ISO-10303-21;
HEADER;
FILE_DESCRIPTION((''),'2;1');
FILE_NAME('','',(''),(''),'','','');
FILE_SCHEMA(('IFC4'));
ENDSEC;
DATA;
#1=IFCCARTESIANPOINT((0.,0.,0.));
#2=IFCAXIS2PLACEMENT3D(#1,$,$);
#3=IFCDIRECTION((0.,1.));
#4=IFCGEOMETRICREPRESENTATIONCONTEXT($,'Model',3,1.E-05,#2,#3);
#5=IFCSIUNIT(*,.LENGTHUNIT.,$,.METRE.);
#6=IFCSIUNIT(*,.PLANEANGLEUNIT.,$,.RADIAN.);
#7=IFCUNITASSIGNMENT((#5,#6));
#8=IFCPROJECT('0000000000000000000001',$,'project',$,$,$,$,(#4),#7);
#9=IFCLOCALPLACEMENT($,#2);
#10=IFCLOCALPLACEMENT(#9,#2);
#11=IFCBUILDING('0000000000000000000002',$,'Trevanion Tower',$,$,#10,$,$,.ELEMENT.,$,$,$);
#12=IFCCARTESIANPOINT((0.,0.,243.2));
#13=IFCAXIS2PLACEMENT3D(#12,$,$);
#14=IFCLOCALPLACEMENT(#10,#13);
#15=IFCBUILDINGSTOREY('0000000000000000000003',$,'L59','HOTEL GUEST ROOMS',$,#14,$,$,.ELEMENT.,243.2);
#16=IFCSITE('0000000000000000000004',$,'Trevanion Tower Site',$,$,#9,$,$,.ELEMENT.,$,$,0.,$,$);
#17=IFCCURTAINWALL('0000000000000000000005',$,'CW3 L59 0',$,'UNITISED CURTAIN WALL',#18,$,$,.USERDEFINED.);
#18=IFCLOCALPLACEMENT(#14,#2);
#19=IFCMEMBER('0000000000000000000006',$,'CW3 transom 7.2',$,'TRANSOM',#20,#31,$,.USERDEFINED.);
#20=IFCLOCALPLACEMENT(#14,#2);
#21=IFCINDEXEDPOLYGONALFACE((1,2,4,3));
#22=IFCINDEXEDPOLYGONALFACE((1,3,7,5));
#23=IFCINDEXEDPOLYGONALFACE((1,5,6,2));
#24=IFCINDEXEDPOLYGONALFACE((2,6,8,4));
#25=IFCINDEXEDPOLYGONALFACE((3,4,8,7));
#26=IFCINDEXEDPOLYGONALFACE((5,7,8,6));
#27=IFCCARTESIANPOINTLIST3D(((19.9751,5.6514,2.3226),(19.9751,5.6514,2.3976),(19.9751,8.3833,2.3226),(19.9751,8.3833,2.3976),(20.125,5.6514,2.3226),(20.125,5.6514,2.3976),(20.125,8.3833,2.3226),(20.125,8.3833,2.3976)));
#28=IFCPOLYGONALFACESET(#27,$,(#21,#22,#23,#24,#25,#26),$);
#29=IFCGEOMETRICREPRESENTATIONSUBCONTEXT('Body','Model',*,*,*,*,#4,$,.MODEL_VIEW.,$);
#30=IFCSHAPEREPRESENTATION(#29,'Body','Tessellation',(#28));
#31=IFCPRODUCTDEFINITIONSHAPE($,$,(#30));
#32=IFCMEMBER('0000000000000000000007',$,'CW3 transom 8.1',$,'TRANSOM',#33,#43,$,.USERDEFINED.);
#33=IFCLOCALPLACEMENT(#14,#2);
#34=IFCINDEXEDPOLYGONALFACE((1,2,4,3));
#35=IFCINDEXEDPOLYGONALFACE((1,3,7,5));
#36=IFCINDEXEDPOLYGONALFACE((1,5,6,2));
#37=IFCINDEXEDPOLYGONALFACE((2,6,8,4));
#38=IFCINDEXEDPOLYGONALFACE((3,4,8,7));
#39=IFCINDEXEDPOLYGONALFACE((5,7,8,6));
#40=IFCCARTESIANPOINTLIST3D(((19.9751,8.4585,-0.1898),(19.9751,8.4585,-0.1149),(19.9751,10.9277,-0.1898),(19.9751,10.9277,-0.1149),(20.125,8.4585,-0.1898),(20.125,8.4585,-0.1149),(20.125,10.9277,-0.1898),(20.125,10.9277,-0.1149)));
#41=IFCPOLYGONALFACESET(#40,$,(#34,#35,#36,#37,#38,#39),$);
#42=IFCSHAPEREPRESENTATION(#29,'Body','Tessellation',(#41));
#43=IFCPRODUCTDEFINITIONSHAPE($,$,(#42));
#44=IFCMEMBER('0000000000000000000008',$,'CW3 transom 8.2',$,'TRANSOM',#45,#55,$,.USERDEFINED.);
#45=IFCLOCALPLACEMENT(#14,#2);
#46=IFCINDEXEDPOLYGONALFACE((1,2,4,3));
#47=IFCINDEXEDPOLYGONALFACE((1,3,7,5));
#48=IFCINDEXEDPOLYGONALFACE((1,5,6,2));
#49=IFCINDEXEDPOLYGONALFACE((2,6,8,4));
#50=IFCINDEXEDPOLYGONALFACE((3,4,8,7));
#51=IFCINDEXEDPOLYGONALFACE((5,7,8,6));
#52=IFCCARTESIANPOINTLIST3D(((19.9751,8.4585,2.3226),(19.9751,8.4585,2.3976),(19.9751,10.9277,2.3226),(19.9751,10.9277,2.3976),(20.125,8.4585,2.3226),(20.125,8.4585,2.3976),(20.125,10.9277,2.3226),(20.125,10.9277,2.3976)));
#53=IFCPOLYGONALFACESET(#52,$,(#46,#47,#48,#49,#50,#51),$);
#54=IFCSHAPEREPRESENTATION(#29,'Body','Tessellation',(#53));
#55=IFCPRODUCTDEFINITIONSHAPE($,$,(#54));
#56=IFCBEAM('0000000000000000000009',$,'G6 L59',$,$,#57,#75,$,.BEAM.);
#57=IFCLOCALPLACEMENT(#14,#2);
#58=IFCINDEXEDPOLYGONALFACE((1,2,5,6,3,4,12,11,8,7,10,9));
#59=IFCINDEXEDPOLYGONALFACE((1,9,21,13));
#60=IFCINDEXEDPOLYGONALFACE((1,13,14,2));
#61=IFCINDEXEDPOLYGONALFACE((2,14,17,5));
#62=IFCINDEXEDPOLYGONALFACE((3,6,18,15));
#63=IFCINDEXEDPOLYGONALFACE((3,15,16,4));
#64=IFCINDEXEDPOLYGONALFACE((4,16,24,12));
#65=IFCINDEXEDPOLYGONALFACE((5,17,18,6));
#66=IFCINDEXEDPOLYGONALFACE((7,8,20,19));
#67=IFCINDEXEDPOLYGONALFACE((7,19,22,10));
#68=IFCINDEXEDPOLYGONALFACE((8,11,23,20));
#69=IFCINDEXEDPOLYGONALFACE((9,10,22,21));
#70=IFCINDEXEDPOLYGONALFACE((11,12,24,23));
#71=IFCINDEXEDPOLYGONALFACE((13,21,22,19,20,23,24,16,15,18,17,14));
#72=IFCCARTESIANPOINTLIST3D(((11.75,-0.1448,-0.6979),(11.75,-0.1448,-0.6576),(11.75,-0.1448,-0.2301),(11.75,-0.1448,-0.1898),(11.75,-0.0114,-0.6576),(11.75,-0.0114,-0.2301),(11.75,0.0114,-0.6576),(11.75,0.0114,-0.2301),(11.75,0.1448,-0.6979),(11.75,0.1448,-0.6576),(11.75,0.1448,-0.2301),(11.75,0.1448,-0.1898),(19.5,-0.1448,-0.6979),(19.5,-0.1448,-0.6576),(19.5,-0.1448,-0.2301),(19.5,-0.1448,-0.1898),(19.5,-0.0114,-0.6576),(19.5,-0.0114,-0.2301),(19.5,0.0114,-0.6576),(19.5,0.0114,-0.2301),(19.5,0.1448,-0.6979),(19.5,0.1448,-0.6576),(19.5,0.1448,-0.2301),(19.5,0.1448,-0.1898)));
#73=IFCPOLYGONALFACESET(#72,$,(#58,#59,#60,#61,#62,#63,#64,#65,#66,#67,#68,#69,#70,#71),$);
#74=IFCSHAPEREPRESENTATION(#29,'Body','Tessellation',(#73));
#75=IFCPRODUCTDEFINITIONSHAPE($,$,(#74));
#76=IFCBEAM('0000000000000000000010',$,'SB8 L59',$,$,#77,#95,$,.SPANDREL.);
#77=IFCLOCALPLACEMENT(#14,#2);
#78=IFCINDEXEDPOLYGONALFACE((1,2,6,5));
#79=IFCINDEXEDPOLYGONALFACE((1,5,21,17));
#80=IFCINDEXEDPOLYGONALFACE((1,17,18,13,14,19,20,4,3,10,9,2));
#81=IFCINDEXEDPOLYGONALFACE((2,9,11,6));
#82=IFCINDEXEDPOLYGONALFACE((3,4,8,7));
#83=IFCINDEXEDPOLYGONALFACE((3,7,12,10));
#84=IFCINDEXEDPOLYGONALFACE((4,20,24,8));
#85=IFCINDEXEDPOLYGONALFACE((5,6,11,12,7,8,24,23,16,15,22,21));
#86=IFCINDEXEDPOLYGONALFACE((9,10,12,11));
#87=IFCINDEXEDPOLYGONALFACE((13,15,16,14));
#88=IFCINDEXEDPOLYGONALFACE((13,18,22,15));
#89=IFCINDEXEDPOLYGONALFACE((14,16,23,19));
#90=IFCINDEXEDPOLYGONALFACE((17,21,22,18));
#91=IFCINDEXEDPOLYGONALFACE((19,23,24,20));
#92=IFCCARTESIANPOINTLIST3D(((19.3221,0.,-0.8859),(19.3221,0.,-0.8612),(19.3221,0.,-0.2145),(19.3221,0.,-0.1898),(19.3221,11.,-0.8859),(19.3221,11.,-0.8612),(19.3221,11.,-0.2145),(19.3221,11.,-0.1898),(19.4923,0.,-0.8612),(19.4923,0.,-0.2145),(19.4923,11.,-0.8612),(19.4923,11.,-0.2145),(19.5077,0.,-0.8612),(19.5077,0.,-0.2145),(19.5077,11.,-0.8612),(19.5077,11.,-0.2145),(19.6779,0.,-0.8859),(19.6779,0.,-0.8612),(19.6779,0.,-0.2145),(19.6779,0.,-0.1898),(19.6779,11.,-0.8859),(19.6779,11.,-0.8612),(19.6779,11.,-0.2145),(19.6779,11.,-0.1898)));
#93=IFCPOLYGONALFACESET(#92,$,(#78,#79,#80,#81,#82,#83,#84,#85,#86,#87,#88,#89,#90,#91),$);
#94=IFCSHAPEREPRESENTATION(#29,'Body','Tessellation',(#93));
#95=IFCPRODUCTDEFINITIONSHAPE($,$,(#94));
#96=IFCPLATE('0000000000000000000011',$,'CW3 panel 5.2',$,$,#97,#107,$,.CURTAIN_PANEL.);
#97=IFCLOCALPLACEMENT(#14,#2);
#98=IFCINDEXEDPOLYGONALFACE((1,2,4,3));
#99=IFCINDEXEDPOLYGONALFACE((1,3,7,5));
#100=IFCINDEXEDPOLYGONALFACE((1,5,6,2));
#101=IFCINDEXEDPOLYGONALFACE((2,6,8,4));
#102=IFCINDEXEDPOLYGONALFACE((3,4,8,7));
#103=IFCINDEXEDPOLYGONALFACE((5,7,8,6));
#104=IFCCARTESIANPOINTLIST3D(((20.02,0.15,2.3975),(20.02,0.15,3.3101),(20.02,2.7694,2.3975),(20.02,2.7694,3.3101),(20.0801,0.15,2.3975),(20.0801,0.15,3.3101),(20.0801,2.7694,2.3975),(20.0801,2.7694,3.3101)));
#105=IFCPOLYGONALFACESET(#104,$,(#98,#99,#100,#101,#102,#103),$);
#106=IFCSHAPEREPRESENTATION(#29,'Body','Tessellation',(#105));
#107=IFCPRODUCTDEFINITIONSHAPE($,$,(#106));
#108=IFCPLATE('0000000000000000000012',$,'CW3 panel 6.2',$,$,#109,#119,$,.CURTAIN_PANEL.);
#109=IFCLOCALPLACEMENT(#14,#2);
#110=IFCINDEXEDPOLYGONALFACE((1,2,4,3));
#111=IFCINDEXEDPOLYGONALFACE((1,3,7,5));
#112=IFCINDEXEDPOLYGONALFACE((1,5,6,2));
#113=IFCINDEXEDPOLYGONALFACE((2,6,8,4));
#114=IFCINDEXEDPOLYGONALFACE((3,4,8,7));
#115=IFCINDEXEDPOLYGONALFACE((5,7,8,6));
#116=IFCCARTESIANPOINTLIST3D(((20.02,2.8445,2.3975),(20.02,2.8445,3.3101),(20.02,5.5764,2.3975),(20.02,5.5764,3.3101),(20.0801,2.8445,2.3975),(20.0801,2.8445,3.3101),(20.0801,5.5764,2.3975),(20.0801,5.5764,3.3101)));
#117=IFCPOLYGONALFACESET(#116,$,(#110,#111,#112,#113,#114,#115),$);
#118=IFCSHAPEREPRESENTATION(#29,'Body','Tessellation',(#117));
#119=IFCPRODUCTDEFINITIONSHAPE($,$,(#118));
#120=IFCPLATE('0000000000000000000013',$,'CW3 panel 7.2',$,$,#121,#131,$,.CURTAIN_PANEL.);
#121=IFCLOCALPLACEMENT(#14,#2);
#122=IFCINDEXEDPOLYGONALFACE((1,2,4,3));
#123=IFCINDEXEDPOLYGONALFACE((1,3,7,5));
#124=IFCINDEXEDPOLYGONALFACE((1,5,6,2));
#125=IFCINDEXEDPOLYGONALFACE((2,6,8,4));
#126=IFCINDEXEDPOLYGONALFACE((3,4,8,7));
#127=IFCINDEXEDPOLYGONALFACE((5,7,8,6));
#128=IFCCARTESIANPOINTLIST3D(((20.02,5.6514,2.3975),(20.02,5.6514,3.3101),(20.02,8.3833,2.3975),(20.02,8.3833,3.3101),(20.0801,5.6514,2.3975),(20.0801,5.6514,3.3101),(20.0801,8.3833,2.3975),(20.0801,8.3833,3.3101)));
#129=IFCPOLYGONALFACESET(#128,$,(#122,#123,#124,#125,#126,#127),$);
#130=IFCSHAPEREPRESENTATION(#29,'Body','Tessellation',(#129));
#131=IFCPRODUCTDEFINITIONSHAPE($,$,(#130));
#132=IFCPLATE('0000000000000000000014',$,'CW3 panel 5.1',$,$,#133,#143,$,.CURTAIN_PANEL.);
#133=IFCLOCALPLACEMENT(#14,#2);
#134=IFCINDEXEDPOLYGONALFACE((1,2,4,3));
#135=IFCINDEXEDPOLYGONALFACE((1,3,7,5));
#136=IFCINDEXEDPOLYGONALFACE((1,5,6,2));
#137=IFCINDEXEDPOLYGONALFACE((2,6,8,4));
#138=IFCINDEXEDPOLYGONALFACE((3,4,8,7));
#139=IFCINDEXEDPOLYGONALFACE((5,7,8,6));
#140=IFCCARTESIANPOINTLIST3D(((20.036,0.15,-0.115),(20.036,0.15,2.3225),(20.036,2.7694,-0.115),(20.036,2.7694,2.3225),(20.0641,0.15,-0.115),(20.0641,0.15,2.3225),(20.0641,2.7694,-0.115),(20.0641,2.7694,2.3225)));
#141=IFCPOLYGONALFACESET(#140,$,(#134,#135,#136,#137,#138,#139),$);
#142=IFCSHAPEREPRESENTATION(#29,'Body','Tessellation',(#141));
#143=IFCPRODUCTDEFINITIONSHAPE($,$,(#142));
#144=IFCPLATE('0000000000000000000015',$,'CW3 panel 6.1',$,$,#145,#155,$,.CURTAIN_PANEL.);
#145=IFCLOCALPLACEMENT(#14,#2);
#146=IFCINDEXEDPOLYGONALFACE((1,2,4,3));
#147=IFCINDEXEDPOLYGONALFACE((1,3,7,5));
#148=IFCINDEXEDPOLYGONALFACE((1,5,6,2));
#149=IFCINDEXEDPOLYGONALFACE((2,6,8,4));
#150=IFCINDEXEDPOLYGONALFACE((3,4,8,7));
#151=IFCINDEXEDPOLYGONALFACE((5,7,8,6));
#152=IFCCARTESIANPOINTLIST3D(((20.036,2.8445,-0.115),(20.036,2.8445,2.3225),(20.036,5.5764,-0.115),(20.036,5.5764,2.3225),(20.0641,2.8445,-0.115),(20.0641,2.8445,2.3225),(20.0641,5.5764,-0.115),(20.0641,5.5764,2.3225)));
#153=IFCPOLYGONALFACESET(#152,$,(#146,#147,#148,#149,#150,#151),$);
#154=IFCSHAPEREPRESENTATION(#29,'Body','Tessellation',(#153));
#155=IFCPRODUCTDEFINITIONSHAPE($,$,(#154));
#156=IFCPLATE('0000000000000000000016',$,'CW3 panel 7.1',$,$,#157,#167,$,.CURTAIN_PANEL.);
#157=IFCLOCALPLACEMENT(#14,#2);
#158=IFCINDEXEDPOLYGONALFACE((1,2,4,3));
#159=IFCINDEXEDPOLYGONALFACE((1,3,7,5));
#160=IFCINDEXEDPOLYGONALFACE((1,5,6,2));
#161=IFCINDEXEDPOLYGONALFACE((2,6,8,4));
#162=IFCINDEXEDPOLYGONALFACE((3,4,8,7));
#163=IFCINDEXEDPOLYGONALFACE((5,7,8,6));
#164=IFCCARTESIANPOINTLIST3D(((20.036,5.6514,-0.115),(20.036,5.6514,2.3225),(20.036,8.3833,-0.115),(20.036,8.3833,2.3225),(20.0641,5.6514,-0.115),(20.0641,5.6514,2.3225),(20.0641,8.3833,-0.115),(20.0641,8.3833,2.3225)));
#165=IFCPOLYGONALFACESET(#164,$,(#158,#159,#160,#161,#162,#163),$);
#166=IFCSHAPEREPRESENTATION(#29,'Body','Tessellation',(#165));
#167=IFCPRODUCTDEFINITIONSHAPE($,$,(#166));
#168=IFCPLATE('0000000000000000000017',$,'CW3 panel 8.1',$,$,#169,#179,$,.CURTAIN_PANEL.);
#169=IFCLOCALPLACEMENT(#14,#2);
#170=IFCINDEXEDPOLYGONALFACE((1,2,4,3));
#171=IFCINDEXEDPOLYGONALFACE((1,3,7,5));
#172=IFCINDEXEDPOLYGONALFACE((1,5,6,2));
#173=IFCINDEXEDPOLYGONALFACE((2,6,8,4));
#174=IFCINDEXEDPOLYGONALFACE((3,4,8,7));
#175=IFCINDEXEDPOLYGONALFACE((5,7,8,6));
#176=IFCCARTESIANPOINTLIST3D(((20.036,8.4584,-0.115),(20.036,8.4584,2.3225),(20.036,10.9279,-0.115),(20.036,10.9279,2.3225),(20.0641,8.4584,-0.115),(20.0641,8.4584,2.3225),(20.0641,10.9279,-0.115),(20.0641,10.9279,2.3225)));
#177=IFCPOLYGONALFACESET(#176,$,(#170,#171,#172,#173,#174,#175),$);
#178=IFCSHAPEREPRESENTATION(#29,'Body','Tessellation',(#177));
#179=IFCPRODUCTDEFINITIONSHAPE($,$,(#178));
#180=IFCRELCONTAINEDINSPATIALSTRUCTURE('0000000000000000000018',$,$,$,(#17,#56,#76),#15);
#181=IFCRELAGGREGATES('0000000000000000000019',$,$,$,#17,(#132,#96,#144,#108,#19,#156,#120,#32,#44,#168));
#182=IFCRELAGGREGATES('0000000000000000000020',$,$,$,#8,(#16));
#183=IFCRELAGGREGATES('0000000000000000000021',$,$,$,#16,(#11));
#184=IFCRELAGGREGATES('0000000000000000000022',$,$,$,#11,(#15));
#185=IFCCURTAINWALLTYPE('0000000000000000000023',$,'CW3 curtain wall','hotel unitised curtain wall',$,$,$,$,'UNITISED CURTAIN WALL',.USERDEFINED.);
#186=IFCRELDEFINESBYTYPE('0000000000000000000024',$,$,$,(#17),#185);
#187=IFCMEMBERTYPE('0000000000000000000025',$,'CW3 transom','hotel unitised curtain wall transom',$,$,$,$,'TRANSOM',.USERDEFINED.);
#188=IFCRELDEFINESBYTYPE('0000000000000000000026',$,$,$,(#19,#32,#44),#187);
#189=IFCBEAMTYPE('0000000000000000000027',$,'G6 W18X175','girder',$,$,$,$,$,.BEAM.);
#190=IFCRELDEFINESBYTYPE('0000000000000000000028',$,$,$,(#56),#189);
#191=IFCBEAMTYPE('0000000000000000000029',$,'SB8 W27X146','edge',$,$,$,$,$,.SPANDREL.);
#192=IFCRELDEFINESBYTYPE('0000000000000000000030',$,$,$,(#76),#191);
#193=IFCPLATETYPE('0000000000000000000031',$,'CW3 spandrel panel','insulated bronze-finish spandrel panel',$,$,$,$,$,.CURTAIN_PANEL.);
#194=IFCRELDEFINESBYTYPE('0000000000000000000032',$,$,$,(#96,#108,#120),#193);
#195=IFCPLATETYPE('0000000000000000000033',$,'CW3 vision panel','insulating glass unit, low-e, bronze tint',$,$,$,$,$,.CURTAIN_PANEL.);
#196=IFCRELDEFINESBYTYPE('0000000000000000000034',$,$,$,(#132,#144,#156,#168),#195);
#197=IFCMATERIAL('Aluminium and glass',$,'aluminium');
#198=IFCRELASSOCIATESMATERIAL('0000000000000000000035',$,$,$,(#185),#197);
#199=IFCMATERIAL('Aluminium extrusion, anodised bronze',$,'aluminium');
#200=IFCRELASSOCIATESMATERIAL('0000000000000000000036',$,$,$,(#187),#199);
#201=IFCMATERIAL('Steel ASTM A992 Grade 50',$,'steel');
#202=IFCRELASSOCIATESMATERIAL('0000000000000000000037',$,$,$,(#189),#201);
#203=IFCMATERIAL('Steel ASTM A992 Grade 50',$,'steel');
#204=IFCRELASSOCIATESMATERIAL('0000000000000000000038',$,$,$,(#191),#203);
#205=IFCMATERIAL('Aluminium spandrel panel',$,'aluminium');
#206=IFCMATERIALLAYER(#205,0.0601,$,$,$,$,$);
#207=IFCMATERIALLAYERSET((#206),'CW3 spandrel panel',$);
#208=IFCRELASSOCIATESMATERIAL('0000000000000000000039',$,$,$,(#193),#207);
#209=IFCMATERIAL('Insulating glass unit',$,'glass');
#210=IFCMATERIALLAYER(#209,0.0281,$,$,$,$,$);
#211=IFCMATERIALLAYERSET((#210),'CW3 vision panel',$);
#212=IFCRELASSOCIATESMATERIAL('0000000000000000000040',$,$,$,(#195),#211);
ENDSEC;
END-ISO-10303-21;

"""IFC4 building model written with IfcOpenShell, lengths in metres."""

from ifc_helpers import new_model, si_unit, direction, frame, origin, origin_2d, place, context, subcontext, project, spatial, rectangle, i_section, extrude, material, layer, layer_set, material_profile, profile_set, type_object, element, aggregate, save


model = new_model("IFC4")

# Units and contexts
model_context = context("Model", 3, precision=1e-05, world=origin(), true_north=direction((0.0, 1.0)))
body_context = subcontext(model_context, "Body", "Model", "MODEL_VIEW")
ifc_project = project(units=[si_unit("LENGTHUNIT", "METRE"), si_unit("PLANEANGLEUNIT", "RADIAN")], contexts=[model_context])

# Site, building, storey
site_placement = place(None, origin())
site = spatial("IfcSite", under=ifc_project, at=site_placement, Name="Trevanion Tower Site", CompositionType="ELEMENT", RefElevation=0.0)
building_placement = place(site_placement, origin())
building = spatial("IfcBuilding", under=site, at=building_placement, Name="Trevanion Tower", CompositionType="ELEMENT")
storey_placement = place(building_placement, frame((0.0, 0.0, 243.2)))
storey = spatial("IfcBuildingStorey", under=building, at=storey_placement, Name="L59", Description="HOTEL GUEST ROOMS", CompositionType="ELEMENT", Elevation=243.2)

# Curtain wall, members
ifc_material_1 = material(Name="Aluminium and glass", Category="aluminium")
curtain_wall_type = type_object("IfcCurtainWallType", Name="CW3 curtain wall", Description="hotel unitised curtain wall", ElementType="UNITISED CURTAIN WALL", PredefinedType="USERDEFINED", material=ifc_material_1)
curtain_wall_placement = place(storey_placement, origin())
curtain_wall = element("IfcCurtainWall", 1, at=curtain_wall_placement, inside=storey, type_object=curtain_wall_type, Name="CW3 L59 0", ObjectType="UNITISED CURTAIN WALL", PredefinedType="USERDEFINED")
ifc_material_2 = material(Name="Aluminium extrusion, anodised bronze", Category="aluminium")
ifc_material_profile_1 = material_profile(ifc_material_2, rectangle(XDim=0.1499, YDim=0.075, at=origin_2d()), Name="CW3 transom")
ifc_profile_set_1 = profile_set([ifc_material_profile_1], Name="Aluminium extrusion, anodised bronze")
member_type_1 = type_object("IfcMemberType", Name="CW3 transom", Description="hotel unitised curtain wall transom", ElementType="TRANSOM", PredefinedType="USERDEFINED", material=ifc_profile_set_1)
member_1_placement = place(storey_placement, frame((20.05, 5.6514, 2.3601), z_axis=(0.0, 1.0, 0.0), x_axis=(-1.0, 0.0, 0.0)))
member_1 = element("IfcMember", 2, at=member_1_placement, type_object=member_type_1, Name="CW3 transom 7.2", ObjectType="TRANSOM", PredefinedType="USERDEFINED", context=body_context, shape_type="SweptSolid", body=[
    extrude(rectangle(XDim=0.1499, YDim=0.075, at=origin_2d()), origin(), (0.0, 0.0, 1.0), 2.7319),
])
member_2_placement = place(storey_placement, frame((20.05, 8.4585, -0.1523), z_axis=(0.0, 1.0, 0.0), x_axis=(-1.0, 0.0, 0.0)))
member_2 = element("IfcMember", 3, at=member_2_placement, type_object=member_type_1, Name="CW3 transom 8.1", ObjectType="TRANSOM", PredefinedType="USERDEFINED", context=body_context, shape_type="SweptSolid", body=[
    extrude(rectangle(XDim=0.1499, YDim=0.075, at=origin_2d()), origin(), (0.0, 0.0, 1.0), 2.4692),
])
member_3_placement = place(storey_placement, frame((20.05, 8.4585, 2.3601), z_axis=(0.0, 1.0, 0.0), x_axis=(-1.0, 0.0, 0.0)))
member_3 = element("IfcMember", 4, at=member_3_placement, type_object=member_type_1, Name="CW3 transom 8.2", ObjectType="TRANSOM", PredefinedType="USERDEFINED", context=body_context, shape_type="SweptSolid", body=[
    extrude(rectangle(XDim=0.1499, YDim=0.075, at=origin_2d()), origin(), (0.0, 0.0, 1.0), 2.4692),
])

# Beams
ifc_material_3 = material(Name="Steel ASTM A992 Grade 50", Category="steel")
ifc_material_profile_2 = material_profile(ifc_material_3, i_section(OverallWidth=0.2896, OverallDepth=0.5081, WebThickness=0.0227, FlangeThickness=0.0403, at=origin_2d()), Name="W18X175")
ifc_profile_set_2 = profile_set([ifc_material_profile_2], Name="Steel ASTM A992 Grade 50")
beam_type_1 = type_object("IfcBeamType", Name="G6 W18X175", Description="girder", PredefinedType="BEAM", material=ifc_profile_set_2)
beam_1_placement = place(storey_placement, frame((11.75, 0.0, -0.4438), z_axis=(1.0, 0.0, 0.0), x_axis=(0.0, 1.0, 0.0)))
element("IfcBeam", 5, at=beam_1_placement, inside=storey, type_object=beam_type_1, Name="G6 L59", PredefinedType="BEAM", context=body_context, shape_type="SweptSolid", body=[
    extrude(i_section(OverallWidth=0.2896, OverallDepth=0.5081, WebThickness=0.0227, FlangeThickness=0.0403, at=origin_2d()), origin(), (0.0, 0.0, 1.0), 7.75),
])
ifc_material_4 = material(Name="Steel ASTM A992 Grade 50", Category="steel")
ifc_material_profile_3 = material_profile(ifc_material_4, i_section(OverallWidth=0.3557, OverallDepth=0.696, WebThickness=0.0154, FlangeThickness=0.0247, at=origin_2d()), Name="W27X146")
ifc_profile_set_3 = profile_set([ifc_material_profile_3], Name="Steel ASTM A992 Grade 50")
beam_type_2 = type_object("IfcBeamType", Name="SB8 W27X146", Description="edge", PredefinedType="SPANDREL", material=ifc_profile_set_3)
beam_2_placement = place(storey_placement, frame((19.5, 0.0, -0.5378), z_axis=(0.0, 1.0, 0.0), x_axis=(-1.0, 0.0, 0.0)))
element("IfcBeam", 6, at=beam_2_placement, inside=storey, type_object=beam_type_2, Name="SB8 L59", PredefinedType="SPANDREL", context=body_context, shape_type="SweptSolid", body=[
    extrude(i_section(OverallWidth=0.3557, OverallDepth=0.696, WebThickness=0.0154, FlangeThickness=0.0247, at=origin_2d()), origin(), (0.0, 0.0, 1.0), 11.0),
])

# Plates
ifc_material_5 = material(Name="Aluminium spandrel panel", Category="aluminium")
ifc_layer_1 = layer(ifc_material_5, 0.0601)
ifc_layer_set_1 = layer_set([ifc_layer_1], Name="CW3 spandrel panel")
plate_type_1 = type_object("IfcPlateType", Name="CW3 spandrel panel", Description="insulated bronze-finish spandrel panel", PredefinedType="CURTAIN_PANEL", material=ifc_layer_set_1)
plate_1_placement = place(storey_placement, frame((20.05, 1.4597, 2.3975), z_axis=(0.0, 0.0, 1.0), x_axis=(0.0, 1.0, 0.0)))
plate_1 = element("IfcPlate", 7, at=plate_1_placement, type_object=plate_type_1, Name="CW3 panel 5.2", PredefinedType="CURTAIN_PANEL", context=body_context, shape_type="SweptSolid", body=[
    extrude(rectangle(XDim=2.6194, YDim=0.0601, at=origin_2d()), origin(), (0.0, 0.0, 1.0), 0.9126),
])
plate_2_placement = place(storey_placement, frame((20.05, 4.2104, 2.3975), z_axis=(0.0, 0.0, 1.0), x_axis=(0.0, 1.0, 0.0)))
plate_2 = element("IfcPlate", 8, at=plate_2_placement, type_object=plate_type_1, Name="CW3 panel 6.2", PredefinedType="CURTAIN_PANEL", context=body_context, shape_type="SweptSolid", body=[
    extrude(rectangle(XDim=2.7319, YDim=0.0601, at=origin_2d()), origin(), (0.0, 0.0, 1.0), 0.9126),
])
plate_3_placement = place(storey_placement, frame((20.05, 7.0173, 2.3975), z_axis=(0.0, 0.0, 1.0), x_axis=(0.0, 1.0, 0.0)))
plate_3 = element("IfcPlate", 9, at=plate_3_placement, type_object=plate_type_1, Name="CW3 panel 7.2", PredefinedType="CURTAIN_PANEL", context=body_context, shape_type="SweptSolid", body=[
    extrude(rectangle(XDim=2.7319, YDim=0.0601, at=origin_2d()), origin(), (0.0, 0.0, 1.0), 0.9126),
])
ifc_material_6 = material(Name="Insulating glass unit", Category="glass")
ifc_layer_2 = layer(ifc_material_6, 0.0281)
ifc_layer_set_2 = layer_set([ifc_layer_2], Name="CW3 vision panel")
plate_type_2 = type_object("IfcPlateType", Name="CW3 vision panel", Description="insulating glass unit, low-e, bronze tint", PredefinedType="CURTAIN_PANEL", material=ifc_layer_set_2)
plate_4_placement = place(storey_placement, frame((20.05, 1.4597, -0.115), z_axis=(0.0, 0.0, 1.0), x_axis=(0.0, 1.0, 0.0)))
plate_4 = element("IfcPlate", 10, at=plate_4_placement, type_object=plate_type_2, Name="CW3 panel 5.1", PredefinedType="CURTAIN_PANEL", context=body_context, shape_type="SweptSolid", body=[
    extrude(rectangle(XDim=2.6194, YDim=0.0281, at=origin_2d()), origin(), (0.0, 0.0, 1.0), 2.4375),
])
plate_5_placement = place(storey_placement, frame((20.05, 4.2104, -0.115), z_axis=(0.0, 0.0, 1.0), x_axis=(0.0, 1.0, 0.0)))
plate_5 = element("IfcPlate", 11, at=plate_5_placement, type_object=plate_type_2, Name="CW3 panel 6.1", PredefinedType="CURTAIN_PANEL", context=body_context, shape_type="SweptSolid", body=[
    extrude(rectangle(XDim=2.7319, YDim=0.0281, at=origin_2d()), origin(), (0.0, 0.0, 1.0), 2.4375),
])
plate_6_placement = place(storey_placement, frame((20.05, 7.0173, -0.115), z_axis=(0.0, 0.0, 1.0), x_axis=(0.0, 1.0, 0.0)))
plate_6 = element("IfcPlate", 12, at=plate_6_placement, type_object=plate_type_2, Name="CW3 panel 7.1", PredefinedType="CURTAIN_PANEL", context=body_context, shape_type="SweptSolid", body=[
    extrude(rectangle(XDim=2.7319, YDim=0.0281, at=origin_2d()), origin(), (0.0, 0.0, 1.0), 2.4375),
])
plate_7_placement = place(storey_placement, frame((20.05, 9.6931, -0.115), z_axis=(0.0, 0.0, 1.0), x_axis=(0.0, 1.0, 0.0)))
plate_7 = element("IfcPlate", 13, at=plate_7_placement, type_object=plate_type_2, Name="CW3 panel 8.1", PredefinedType="CURTAIN_PANEL", context=body_context, shape_type="SweptSolid", body=[
    extrude(rectangle(XDim=2.4695, YDim=0.0281, at=origin_2d()), origin(), (0.0, 0.0, 1.0), 2.4375),
])
aggregate(curtain_wall, [plate_4, plate_1, plate_5, plate_2, member_1, plate_6, plate_3, member_2, member_3, plate_7])

save(model, "model.ifc")
